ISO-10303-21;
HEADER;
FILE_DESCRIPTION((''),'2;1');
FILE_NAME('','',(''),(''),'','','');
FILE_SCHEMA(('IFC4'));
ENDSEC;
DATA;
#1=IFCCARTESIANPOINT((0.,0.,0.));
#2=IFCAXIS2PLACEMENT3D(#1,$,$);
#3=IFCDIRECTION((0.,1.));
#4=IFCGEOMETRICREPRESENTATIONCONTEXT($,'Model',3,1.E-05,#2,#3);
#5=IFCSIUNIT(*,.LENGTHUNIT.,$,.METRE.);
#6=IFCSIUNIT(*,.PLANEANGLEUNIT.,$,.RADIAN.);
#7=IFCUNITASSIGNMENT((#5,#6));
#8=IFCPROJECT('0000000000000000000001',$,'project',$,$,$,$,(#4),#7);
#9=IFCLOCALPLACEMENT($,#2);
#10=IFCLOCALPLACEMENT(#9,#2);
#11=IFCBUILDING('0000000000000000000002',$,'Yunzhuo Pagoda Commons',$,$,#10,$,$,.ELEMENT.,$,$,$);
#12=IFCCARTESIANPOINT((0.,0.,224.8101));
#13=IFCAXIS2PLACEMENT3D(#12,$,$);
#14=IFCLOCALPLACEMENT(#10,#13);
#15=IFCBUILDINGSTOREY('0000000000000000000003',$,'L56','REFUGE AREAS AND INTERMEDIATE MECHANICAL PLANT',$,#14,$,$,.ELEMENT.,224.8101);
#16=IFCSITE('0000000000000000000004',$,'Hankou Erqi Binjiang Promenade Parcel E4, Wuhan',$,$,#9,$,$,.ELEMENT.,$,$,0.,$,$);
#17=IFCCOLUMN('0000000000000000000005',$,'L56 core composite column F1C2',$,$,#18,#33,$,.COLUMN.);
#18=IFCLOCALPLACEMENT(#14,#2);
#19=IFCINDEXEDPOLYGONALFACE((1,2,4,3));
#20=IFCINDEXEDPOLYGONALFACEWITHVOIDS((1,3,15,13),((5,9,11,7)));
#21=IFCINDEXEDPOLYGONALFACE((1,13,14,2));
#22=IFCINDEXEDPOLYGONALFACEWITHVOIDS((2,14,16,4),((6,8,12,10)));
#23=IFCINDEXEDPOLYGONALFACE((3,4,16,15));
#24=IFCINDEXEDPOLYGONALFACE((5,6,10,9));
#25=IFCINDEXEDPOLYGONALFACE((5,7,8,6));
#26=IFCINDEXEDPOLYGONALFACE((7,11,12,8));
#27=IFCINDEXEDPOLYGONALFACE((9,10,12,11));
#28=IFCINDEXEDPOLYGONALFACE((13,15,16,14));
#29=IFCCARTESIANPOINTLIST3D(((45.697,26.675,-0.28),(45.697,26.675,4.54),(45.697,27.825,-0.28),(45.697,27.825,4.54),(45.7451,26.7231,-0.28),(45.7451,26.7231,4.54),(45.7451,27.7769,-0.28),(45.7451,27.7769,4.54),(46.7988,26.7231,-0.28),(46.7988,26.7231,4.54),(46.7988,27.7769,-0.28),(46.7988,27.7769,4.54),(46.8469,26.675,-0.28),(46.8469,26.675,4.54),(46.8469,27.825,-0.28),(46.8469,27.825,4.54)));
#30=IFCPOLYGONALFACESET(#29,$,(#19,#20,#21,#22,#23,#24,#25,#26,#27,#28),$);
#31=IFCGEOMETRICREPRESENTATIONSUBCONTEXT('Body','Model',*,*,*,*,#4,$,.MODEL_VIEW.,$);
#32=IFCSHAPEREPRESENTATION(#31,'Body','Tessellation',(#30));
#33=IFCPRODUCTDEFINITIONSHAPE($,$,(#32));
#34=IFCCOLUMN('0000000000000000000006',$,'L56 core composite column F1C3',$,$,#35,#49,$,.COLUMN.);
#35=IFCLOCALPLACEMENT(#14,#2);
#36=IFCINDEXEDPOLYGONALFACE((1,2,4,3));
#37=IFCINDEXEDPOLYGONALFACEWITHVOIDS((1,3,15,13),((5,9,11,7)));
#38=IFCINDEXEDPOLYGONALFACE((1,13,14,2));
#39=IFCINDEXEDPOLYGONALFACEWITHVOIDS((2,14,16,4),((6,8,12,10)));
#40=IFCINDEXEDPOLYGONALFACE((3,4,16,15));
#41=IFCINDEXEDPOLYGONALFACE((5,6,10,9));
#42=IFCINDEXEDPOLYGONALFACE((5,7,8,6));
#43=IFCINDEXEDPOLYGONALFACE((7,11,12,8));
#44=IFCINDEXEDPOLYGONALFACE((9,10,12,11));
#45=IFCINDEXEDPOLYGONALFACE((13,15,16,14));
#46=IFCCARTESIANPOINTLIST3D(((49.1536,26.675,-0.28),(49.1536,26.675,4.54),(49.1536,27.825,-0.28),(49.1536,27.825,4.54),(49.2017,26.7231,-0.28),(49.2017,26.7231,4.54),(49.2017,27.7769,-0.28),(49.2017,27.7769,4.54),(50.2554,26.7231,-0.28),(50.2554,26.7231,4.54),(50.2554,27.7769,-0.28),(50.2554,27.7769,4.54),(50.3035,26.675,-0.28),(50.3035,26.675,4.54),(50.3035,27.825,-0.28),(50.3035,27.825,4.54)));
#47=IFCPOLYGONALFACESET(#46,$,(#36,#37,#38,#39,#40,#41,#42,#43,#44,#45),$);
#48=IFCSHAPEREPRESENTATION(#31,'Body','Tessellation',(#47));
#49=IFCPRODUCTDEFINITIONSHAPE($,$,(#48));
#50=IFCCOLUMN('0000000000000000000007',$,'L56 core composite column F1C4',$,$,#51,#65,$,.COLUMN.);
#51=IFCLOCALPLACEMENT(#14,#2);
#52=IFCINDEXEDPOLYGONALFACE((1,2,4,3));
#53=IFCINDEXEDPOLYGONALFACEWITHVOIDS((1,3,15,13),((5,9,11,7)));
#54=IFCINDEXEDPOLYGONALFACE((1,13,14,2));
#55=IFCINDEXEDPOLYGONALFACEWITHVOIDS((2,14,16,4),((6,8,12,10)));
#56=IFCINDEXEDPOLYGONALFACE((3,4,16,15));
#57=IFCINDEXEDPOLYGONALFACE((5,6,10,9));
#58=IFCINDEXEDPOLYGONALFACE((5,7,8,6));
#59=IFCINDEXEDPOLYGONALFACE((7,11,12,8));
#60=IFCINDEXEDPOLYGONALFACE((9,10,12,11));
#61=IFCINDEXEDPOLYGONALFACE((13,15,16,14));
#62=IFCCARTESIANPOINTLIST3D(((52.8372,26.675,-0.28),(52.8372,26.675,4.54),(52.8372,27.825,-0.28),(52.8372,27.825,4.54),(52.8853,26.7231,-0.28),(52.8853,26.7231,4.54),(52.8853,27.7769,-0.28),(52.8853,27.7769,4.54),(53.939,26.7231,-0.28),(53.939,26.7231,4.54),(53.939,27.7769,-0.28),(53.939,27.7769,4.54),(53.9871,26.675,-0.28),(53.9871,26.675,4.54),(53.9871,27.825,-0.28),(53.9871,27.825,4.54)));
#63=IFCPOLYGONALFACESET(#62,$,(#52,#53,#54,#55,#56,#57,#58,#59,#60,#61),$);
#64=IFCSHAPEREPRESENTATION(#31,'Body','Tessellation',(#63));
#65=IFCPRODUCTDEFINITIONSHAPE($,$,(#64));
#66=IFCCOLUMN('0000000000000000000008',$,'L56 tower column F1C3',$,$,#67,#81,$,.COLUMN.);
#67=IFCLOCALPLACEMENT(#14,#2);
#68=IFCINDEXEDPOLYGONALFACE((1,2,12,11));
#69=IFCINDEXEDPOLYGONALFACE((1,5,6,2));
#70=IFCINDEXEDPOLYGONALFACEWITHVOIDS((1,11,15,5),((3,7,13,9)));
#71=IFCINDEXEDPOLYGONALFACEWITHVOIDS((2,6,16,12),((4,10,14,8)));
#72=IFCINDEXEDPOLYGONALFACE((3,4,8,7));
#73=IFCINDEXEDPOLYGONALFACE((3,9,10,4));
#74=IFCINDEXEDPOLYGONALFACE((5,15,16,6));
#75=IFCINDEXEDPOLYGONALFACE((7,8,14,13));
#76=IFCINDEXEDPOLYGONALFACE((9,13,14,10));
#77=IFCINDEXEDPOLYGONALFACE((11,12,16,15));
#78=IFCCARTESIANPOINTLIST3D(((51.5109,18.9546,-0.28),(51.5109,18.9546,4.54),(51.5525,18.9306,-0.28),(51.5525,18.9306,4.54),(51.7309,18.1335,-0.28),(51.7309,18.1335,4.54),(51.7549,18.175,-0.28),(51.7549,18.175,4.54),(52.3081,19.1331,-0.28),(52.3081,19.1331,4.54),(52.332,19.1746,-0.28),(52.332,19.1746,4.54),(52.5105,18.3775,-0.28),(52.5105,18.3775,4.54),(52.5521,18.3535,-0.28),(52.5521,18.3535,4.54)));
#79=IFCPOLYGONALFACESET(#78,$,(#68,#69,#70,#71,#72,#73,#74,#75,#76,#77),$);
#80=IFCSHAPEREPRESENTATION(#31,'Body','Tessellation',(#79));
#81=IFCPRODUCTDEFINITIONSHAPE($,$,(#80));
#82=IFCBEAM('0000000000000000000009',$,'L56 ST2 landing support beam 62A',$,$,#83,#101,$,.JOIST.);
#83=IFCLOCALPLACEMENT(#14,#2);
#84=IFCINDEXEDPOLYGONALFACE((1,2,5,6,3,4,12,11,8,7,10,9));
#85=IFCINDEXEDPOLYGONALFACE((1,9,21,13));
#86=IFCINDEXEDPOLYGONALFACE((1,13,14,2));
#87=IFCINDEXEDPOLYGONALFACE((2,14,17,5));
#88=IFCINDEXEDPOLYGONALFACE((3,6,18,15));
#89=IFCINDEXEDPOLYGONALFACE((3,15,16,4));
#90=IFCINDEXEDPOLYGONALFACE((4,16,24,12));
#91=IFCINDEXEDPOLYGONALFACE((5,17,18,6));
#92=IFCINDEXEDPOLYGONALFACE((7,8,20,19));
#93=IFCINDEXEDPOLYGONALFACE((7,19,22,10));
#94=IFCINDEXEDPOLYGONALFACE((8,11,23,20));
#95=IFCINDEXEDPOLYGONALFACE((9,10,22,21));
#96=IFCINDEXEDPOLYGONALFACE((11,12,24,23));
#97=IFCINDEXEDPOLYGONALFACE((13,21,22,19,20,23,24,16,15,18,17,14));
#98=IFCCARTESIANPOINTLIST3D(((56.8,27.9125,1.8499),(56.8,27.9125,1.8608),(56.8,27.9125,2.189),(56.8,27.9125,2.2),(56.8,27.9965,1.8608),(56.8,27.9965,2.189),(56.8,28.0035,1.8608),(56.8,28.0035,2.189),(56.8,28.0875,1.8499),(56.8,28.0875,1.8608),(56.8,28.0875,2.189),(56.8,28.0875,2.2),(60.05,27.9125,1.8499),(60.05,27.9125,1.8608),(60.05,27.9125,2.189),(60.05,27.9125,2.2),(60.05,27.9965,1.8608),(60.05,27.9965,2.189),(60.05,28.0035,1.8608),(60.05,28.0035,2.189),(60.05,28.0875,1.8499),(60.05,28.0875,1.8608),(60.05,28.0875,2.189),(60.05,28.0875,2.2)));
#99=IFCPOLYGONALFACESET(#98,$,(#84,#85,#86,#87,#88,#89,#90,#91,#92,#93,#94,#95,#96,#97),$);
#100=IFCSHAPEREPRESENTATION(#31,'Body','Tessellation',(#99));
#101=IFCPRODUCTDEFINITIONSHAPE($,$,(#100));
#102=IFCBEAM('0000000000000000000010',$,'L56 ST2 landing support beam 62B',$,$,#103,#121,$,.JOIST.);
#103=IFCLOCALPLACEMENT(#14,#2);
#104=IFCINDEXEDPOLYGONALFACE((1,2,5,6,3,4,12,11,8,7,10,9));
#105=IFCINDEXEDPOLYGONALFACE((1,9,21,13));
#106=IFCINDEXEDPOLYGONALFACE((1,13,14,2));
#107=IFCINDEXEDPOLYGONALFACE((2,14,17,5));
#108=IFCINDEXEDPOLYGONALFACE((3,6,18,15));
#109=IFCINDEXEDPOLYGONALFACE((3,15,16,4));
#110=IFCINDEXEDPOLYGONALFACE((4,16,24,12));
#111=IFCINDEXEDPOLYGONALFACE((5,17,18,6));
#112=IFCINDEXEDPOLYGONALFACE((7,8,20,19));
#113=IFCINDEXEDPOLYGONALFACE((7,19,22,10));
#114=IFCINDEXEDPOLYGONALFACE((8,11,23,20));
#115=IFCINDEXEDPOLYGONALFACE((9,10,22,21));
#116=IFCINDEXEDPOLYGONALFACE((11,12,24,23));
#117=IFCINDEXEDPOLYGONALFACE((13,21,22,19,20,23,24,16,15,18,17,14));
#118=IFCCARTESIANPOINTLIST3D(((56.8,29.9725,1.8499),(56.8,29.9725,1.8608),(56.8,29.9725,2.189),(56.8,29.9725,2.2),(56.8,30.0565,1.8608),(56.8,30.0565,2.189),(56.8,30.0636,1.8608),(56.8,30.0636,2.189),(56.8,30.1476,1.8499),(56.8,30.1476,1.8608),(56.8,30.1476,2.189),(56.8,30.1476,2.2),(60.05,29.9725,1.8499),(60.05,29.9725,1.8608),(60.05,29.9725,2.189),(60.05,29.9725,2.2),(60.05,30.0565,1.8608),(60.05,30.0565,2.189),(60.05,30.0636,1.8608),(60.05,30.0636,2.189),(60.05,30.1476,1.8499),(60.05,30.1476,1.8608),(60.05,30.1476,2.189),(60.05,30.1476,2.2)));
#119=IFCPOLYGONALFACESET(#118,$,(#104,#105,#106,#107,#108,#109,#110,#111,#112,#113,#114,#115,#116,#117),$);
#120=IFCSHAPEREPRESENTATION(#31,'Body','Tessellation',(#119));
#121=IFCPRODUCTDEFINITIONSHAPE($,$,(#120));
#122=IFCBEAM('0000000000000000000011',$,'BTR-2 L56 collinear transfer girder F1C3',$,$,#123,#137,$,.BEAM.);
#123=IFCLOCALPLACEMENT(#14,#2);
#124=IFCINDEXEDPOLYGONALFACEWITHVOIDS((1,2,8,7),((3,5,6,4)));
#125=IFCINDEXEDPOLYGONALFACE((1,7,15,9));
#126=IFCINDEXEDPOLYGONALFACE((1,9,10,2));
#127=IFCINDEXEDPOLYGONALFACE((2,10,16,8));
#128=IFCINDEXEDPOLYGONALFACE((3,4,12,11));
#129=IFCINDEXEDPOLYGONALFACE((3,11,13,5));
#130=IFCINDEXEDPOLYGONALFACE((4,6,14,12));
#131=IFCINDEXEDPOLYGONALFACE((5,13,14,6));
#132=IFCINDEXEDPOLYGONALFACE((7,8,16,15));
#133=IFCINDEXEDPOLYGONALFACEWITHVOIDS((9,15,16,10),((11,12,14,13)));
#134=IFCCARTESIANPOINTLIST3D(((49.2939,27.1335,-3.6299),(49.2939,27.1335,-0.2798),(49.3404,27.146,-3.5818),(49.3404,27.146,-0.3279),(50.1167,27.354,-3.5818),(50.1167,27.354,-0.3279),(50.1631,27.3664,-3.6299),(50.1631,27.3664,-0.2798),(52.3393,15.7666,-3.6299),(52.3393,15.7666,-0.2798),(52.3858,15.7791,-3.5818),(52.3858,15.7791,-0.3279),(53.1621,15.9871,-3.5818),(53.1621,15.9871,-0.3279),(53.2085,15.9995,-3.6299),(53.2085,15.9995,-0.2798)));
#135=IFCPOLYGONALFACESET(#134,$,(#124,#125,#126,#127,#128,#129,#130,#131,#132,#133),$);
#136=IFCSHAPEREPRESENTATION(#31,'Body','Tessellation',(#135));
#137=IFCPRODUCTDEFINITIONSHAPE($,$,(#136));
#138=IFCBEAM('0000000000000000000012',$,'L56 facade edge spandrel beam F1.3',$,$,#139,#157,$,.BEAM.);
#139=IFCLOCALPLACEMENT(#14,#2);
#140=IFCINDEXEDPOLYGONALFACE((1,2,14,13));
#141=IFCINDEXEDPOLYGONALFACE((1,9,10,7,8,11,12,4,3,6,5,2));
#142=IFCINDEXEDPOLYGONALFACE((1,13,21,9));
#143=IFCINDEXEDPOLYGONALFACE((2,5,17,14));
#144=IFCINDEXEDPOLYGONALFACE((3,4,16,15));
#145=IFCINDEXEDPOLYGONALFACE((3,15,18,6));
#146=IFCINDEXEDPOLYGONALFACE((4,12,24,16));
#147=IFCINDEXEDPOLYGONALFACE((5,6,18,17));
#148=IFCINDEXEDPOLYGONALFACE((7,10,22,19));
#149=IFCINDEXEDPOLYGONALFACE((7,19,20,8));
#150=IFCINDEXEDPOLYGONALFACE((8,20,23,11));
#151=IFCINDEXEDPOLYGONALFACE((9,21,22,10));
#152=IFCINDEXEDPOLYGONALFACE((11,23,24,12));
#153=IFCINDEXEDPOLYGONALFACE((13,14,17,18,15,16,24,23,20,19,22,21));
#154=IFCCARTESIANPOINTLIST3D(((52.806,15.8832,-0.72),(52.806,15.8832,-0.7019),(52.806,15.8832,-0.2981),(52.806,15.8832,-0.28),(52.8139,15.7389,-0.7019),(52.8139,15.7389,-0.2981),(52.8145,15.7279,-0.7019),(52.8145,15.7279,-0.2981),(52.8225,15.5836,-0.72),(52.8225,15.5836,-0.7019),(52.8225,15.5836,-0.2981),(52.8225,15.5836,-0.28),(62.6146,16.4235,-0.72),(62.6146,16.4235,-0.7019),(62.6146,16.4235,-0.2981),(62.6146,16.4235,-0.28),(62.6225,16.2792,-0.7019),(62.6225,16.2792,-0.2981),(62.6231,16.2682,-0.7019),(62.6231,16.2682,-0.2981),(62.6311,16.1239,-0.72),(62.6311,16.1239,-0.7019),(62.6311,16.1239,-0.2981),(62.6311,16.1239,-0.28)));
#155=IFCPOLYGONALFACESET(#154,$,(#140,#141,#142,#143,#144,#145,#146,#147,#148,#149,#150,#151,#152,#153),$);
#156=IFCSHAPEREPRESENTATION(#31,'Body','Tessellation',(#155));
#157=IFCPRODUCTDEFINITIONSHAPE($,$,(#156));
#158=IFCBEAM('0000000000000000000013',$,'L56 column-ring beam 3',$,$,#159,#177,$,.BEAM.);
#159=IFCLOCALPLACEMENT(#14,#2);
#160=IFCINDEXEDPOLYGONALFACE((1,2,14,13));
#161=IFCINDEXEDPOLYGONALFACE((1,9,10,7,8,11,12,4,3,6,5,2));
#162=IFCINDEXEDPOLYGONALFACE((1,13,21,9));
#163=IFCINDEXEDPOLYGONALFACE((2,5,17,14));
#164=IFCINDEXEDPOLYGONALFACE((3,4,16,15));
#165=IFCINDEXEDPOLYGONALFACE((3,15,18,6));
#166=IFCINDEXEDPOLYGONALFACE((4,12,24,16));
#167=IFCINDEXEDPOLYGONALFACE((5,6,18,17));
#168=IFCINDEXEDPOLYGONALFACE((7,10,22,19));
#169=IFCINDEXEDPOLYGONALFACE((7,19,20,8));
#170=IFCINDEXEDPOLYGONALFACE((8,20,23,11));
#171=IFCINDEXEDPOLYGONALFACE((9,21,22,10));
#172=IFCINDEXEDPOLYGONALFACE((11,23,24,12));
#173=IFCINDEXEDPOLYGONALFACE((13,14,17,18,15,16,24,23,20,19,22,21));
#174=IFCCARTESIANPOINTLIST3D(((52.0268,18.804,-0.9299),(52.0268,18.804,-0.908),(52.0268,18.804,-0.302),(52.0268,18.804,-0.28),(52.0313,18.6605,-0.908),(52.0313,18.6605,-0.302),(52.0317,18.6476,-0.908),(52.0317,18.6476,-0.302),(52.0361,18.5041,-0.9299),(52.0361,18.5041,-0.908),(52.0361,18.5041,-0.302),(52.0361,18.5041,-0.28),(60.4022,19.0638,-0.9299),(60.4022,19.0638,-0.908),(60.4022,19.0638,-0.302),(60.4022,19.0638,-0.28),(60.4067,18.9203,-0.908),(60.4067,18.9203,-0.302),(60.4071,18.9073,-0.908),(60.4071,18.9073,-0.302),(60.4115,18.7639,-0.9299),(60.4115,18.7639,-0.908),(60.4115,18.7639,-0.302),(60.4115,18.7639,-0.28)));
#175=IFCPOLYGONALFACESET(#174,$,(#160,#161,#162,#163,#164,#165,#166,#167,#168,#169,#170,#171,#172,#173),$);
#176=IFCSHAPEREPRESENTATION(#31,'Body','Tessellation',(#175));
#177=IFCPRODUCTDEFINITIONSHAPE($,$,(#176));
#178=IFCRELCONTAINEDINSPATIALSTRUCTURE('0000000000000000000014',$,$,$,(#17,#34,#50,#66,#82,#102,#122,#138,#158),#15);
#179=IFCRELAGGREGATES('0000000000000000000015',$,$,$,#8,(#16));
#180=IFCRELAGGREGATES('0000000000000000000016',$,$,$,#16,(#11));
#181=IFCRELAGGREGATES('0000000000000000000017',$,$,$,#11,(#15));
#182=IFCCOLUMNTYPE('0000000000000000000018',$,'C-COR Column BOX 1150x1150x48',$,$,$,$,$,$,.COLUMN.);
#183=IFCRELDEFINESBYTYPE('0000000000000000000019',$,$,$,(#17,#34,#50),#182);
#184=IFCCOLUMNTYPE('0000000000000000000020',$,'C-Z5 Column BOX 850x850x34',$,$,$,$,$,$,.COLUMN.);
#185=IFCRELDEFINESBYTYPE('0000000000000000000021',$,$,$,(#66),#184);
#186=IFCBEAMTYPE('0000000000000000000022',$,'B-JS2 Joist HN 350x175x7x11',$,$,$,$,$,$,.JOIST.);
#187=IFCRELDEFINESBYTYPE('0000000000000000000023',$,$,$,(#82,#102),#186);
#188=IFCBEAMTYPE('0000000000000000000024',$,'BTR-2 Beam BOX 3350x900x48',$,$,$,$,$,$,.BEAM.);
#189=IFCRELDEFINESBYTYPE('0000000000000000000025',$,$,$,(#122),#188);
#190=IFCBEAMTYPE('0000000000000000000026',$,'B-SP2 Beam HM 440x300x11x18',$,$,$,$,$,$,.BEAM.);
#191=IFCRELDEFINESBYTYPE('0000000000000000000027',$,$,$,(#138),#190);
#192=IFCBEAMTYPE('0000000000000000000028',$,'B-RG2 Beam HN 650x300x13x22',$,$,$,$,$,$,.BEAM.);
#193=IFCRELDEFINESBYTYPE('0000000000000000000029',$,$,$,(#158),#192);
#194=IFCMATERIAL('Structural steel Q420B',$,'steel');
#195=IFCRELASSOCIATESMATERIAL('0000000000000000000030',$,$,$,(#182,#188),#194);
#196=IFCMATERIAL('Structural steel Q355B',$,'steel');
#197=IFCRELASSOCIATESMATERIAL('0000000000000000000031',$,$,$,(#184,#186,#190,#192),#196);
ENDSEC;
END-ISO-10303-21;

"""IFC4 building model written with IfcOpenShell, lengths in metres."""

from ifc_helpers import new_model, si_unit, direction, frame, origin, origin_2d, place, context, subcontext, project, spatial, hollow_rectangle, i_section, extrude, source, transform, mapped, material, material_profile, profile_set, type_object, element, save


model = new_model("IFC4")

# Units and contexts
model_context = context("Model", 3, precision=1e-05, world=origin(), true_north=direction((0.0, 1.0)))
body_context = subcontext(model_context, "Body", "Model", "MODEL_VIEW")
ifc_project = project(units=[si_unit("LENGTHUNIT", "METRE"), si_unit("PLANEANGLEUNIT", "RADIAN")], contexts=[model_context])

# Site, building, storey
site_placement = place(None, origin())
site = spatial("IfcSite", under=ifc_project, at=site_placement, Name="Hankou Erqi Binjiang Promenade Parcel E4, Wuhan", CompositionType="ELEMENT", RefElevation=0.0)
building_placement = place(site_placement, origin())
building = spatial("IfcBuilding", under=site, at=building_placement, Name="Yunzhuo Pagoda Commons", CompositionType="ELEMENT")
storey_placement = place(building_placement, frame((0.0, 0.0, 224.8101)))
storey = spatial("IfcBuildingStorey", under=building, at=storey_placement, Name="L56", Description="REFUGE AREAS AND INTERMEDIATE MECHANICAL PLANT", CompositionType="ELEMENT", Elevation=224.8101)

# Columns
ifc_material_1 = material(Name="Structural steel Q420B", Category="steel")
ifc_material_profile_1 = material_profile(ifc_material_1, hollow_rectangle(XDim=1.1499, YDim=1.1499, WallThickness=0.0481, at=origin_2d()), Name="Structural steel Q420B")
ifc_profile_set_1 = profile_set([ifc_material_profile_1], Name="Structural steel Q420B")
column_type_1 = type_object("IfcColumnType", Name="C-COR Column BOX 1150x1150x48", PredefinedType="COLUMN", material=ifc_profile_set_1)
shared_shape_1 = source(origin(), body_context, "Body", "SweptSolid", [
    extrude(hollow_rectangle(XDim=1.1499, YDim=1.1499, WallThickness=0.0481, at=origin_2d()), origin(), (0.0, 0.0, 1.0), 4.8201),
])
for number, where, z_axis, x_axis, name in (
    (1, (46.272, 27.25, -0.28), (0.0, 0.0, 1.0), (1.0, 0.0, 0.0), "L56 core composite column F1C2"),
    (2, (49.7285, 27.25, -0.28), (0.0, 0.0, 1.0), (1.0, 0.0, 0.0), "L56 core composite column F1C3"),
    (3, (53.4121, 27.25, -0.28), (0.0, 0.0, 1.0), (1.0, 0.0, 0.0), "L56 core composite column F1C4"),
):
    element("IfcColumn", number, at=place(storey_placement, frame(where, z_axis=z_axis, x_axis=x_axis)), inside=storey, type_object=column_type_1, Name=name, PredefinedType="COLUMN", context=body_context, shape_type="MappedRepresentation", body=[
        mapped(shared_shape_1, transform((0.0, 0.0, 0.0), scale=1.0)),
    ])
ifc_material_2 = material(Name="Structural steel Q355B", Category="steel")
ifc_material_profile_2 = material_profile(ifc_material_2, hollow_rectangle(XDim=0.8501, YDim=0.8501, WallThickness=0.0339, at=origin_2d()), Name="Structural steel Q355B")
ifc_profile_set_2 = profile_set([ifc_material_profile_2], Name="Structural steel Q355B")
column_type_2 = type_object("IfcColumnType", Name="C-Z5 Column BOX 850x850x34", PredefinedType="COLUMN", material=ifc_profile_set_2)
shared_shape_2 = source(origin(), body_context, "Body", "SweptSolid", [
    extrude(hollow_rectangle(XDim=0.8501, YDim=0.8501, WallThickness=0.0339, at=origin_2d()), origin(), (0.0, 0.0, 1.0), 4.8201),
])
column_placement = place(storey_placement, frame((52.0315, 18.6541, -0.28), z_axis=(0.0, 0.0, 1.0), x_axis=(0.965926, 0.258819, 0.0)))
element("IfcColumn", 4, at=column_placement, inside=storey, type_object=column_type_2, Name="L56 tower column F1C3", PredefinedType="COLUMN", context=body_context, shape_type="MappedRepresentation", body=[
    mapped(shared_shape_2, transform((0.0, 0.0, 0.0), scale=1.0)),
])

# Beams
ifc_material_profile_3 = material_profile(ifc_material_2, i_section(OverallWidth=0.175, OverallDepth=0.3501, WebThickness=0.0071, FlangeThickness=0.011, at=origin_2d()), Name="Structural steel Q355B")
ifc_profile_set_3 = profile_set([ifc_material_profile_3], Name="Structural steel Q355B")
beam_type_1 = type_object("IfcBeamType", Name="B-JS2 Joist HN 350x175x7x11", PredefinedType="JOIST", material=ifc_profile_set_3)
shared_shape_3 = source(origin(), body_context, "Body", "SweptSolid", [
    extrude(i_section(OverallWidth=0.175, OverallDepth=0.3501, WebThickness=0.0071, FlangeThickness=0.011, at=origin_2d()), origin(), (0.0, 0.0, 1.0), 3.25),
])
for number, where, z_axis, x_axis, name in (
    (5, (56.8, 28.0, 2.0249), (1.0, 0.0, 0.0), (0.0, 1.0, 0.0), "L56 ST2 landing support beam 62A"),
    (6, (56.8, 30.0601, 2.0249), (1.0, 0.0, 0.0), (0.0, 1.0, 0.0), "L56 ST2 landing support beam 62B"),
):
    element("IfcBeam", number, at=place(storey_placement, frame(where, z_axis=z_axis, x_axis=x_axis)), inside=storey, type_object=beam_type_1, Name=name, PredefinedType="JOIST", context=body_context, shape_type="MappedRepresentation", body=[
        mapped(shared_shape_3, transform((0.0, 0.0, 0.0), scale=1.0)),
    ])
ifc_material_profile_4 = material_profile(ifc_material_1, hollow_rectangle(XDim=0.8999, YDim=3.3501, WallThickness=0.0481, at=origin_2d()), Name="Structural steel Q420B")
ifc_profile_set_4 = profile_set([ifc_material_profile_4], Name="Structural steel Q420B")
beam_type_2 = type_object("IfcBeamType", Name="BTR-2 Beam BOX 3350x900x48", PredefinedType="BEAM", material=ifc_profile_set_4)
shared_shape_4 = source(origin(), body_context, "Body", "SweptSolid", [
    extrude(hollow_rectangle(XDim=0.8999, YDim=3.3501, WallThickness=0.0481, at=origin_2d()), origin(), (0.0, 0.0, 1.0), 11.7678),
])
beam_1_placement = place(storey_placement, frame((52.7739, 15.8831, -1.9548), z_axis=(-0.258791, 0.965933, 0.0), x_axis=(-0.965933, -0.258791, 0.0)))
element("IfcBeam", 7, at=beam_1_placement, inside=storey, type_object=beam_type_2, Name="BTR-2 L56 collinear transfer girder F1C3", PredefinedType="BEAM", context=body_context, shape_type="MappedRepresentation", body=[
    mapped(shared_shape_4, transform((0.0, 0.0, 0.0), scale=1.0)),
])
ifc_material_profile_5 = material_profile(ifc_material_2, i_section(OverallWidth=0.3, OverallDepth=0.4399, WebThickness=0.011, FlangeThickness=0.0181, at=origin_2d()), Name="Structural steel Q355B")
ifc_profile_set_5 = profile_set([ifc_material_profile_5], Name="Structural steel Q355B")
beam_type_3 = type_object("IfcBeamType", Name="B-SP2 Beam HM 440x300x11x18", PredefinedType="BEAM", material=ifc_profile_set_5)
shared_shape_5 = source(origin(), body_context, "Body", "SweptSolid", [
    extrude(i_section(OverallWidth=0.3, OverallDepth=0.4399, WebThickness=0.011, FlangeThickness=0.0181, at=origin_2d()), origin(), (0.0, 0.0, 1.0), 9.8235),
])
beam_2_placement = place(storey_placement, frame((52.8142, 15.7334, -0.5), z_axis=(0.998486, 0.054999, 0.0), x_axis=(-0.054999, 0.998486, 0.0)))
element("IfcBeam", 8, at=beam_2_placement, inside=storey, type_object=beam_type_3, Name="L56 facade edge spandrel beam F1.3", PredefinedType="BEAM", context=body_context, shape_type="MappedRepresentation", body=[
    mapped(shared_shape_5, transform((0.0, 0.0, 0.0), scale=1.0)),
])
ifc_material_profile_6 = material_profile(ifc_material_2, i_section(OverallWidth=0.3, OverallDepth=0.6499, WebThickness=0.0129, FlangeThickness=0.022, at=origin_2d()), Name="Structural steel Q355B")
ifc_profile_set_6 = profile_set([ifc_material_profile_6], Name="Structural steel Q355B")
beam_type_4 = type_object("IfcBeamType", Name="B-RG2 Beam HN 650x300x13x22", PredefinedType="BEAM", material=ifc_profile_set_6)
shared_shape_6 = source(origin(), body_context, "Body", "SweptSolid", [
    extrude(i_section(OverallWidth=0.3, OverallDepth=0.6499, WebThickness=0.0129, FlangeThickness=0.022, at=origin_2d()), origin(), (0.0, 0.0, 1.0), 8.3794),
])
beam_3_placement = place(storey_placement, frame((52.0315, 18.6541, -0.605), z_axis=(0.999519, 0.031, 0.0), x_axis=(-0.031, 0.999519, 0.0)))
element("IfcBeam", 9, at=beam_3_placement, inside=storey, type_object=beam_type_4, Name="L56 column-ring beam 3", PredefinedType="BEAM", context=body_context, shape_type="MappedRepresentation", body=[
    mapped(shared_shape_6, transform((0.0, 0.0, 0.0), scale=1.0)),
])

save(model, "model.ifc")
